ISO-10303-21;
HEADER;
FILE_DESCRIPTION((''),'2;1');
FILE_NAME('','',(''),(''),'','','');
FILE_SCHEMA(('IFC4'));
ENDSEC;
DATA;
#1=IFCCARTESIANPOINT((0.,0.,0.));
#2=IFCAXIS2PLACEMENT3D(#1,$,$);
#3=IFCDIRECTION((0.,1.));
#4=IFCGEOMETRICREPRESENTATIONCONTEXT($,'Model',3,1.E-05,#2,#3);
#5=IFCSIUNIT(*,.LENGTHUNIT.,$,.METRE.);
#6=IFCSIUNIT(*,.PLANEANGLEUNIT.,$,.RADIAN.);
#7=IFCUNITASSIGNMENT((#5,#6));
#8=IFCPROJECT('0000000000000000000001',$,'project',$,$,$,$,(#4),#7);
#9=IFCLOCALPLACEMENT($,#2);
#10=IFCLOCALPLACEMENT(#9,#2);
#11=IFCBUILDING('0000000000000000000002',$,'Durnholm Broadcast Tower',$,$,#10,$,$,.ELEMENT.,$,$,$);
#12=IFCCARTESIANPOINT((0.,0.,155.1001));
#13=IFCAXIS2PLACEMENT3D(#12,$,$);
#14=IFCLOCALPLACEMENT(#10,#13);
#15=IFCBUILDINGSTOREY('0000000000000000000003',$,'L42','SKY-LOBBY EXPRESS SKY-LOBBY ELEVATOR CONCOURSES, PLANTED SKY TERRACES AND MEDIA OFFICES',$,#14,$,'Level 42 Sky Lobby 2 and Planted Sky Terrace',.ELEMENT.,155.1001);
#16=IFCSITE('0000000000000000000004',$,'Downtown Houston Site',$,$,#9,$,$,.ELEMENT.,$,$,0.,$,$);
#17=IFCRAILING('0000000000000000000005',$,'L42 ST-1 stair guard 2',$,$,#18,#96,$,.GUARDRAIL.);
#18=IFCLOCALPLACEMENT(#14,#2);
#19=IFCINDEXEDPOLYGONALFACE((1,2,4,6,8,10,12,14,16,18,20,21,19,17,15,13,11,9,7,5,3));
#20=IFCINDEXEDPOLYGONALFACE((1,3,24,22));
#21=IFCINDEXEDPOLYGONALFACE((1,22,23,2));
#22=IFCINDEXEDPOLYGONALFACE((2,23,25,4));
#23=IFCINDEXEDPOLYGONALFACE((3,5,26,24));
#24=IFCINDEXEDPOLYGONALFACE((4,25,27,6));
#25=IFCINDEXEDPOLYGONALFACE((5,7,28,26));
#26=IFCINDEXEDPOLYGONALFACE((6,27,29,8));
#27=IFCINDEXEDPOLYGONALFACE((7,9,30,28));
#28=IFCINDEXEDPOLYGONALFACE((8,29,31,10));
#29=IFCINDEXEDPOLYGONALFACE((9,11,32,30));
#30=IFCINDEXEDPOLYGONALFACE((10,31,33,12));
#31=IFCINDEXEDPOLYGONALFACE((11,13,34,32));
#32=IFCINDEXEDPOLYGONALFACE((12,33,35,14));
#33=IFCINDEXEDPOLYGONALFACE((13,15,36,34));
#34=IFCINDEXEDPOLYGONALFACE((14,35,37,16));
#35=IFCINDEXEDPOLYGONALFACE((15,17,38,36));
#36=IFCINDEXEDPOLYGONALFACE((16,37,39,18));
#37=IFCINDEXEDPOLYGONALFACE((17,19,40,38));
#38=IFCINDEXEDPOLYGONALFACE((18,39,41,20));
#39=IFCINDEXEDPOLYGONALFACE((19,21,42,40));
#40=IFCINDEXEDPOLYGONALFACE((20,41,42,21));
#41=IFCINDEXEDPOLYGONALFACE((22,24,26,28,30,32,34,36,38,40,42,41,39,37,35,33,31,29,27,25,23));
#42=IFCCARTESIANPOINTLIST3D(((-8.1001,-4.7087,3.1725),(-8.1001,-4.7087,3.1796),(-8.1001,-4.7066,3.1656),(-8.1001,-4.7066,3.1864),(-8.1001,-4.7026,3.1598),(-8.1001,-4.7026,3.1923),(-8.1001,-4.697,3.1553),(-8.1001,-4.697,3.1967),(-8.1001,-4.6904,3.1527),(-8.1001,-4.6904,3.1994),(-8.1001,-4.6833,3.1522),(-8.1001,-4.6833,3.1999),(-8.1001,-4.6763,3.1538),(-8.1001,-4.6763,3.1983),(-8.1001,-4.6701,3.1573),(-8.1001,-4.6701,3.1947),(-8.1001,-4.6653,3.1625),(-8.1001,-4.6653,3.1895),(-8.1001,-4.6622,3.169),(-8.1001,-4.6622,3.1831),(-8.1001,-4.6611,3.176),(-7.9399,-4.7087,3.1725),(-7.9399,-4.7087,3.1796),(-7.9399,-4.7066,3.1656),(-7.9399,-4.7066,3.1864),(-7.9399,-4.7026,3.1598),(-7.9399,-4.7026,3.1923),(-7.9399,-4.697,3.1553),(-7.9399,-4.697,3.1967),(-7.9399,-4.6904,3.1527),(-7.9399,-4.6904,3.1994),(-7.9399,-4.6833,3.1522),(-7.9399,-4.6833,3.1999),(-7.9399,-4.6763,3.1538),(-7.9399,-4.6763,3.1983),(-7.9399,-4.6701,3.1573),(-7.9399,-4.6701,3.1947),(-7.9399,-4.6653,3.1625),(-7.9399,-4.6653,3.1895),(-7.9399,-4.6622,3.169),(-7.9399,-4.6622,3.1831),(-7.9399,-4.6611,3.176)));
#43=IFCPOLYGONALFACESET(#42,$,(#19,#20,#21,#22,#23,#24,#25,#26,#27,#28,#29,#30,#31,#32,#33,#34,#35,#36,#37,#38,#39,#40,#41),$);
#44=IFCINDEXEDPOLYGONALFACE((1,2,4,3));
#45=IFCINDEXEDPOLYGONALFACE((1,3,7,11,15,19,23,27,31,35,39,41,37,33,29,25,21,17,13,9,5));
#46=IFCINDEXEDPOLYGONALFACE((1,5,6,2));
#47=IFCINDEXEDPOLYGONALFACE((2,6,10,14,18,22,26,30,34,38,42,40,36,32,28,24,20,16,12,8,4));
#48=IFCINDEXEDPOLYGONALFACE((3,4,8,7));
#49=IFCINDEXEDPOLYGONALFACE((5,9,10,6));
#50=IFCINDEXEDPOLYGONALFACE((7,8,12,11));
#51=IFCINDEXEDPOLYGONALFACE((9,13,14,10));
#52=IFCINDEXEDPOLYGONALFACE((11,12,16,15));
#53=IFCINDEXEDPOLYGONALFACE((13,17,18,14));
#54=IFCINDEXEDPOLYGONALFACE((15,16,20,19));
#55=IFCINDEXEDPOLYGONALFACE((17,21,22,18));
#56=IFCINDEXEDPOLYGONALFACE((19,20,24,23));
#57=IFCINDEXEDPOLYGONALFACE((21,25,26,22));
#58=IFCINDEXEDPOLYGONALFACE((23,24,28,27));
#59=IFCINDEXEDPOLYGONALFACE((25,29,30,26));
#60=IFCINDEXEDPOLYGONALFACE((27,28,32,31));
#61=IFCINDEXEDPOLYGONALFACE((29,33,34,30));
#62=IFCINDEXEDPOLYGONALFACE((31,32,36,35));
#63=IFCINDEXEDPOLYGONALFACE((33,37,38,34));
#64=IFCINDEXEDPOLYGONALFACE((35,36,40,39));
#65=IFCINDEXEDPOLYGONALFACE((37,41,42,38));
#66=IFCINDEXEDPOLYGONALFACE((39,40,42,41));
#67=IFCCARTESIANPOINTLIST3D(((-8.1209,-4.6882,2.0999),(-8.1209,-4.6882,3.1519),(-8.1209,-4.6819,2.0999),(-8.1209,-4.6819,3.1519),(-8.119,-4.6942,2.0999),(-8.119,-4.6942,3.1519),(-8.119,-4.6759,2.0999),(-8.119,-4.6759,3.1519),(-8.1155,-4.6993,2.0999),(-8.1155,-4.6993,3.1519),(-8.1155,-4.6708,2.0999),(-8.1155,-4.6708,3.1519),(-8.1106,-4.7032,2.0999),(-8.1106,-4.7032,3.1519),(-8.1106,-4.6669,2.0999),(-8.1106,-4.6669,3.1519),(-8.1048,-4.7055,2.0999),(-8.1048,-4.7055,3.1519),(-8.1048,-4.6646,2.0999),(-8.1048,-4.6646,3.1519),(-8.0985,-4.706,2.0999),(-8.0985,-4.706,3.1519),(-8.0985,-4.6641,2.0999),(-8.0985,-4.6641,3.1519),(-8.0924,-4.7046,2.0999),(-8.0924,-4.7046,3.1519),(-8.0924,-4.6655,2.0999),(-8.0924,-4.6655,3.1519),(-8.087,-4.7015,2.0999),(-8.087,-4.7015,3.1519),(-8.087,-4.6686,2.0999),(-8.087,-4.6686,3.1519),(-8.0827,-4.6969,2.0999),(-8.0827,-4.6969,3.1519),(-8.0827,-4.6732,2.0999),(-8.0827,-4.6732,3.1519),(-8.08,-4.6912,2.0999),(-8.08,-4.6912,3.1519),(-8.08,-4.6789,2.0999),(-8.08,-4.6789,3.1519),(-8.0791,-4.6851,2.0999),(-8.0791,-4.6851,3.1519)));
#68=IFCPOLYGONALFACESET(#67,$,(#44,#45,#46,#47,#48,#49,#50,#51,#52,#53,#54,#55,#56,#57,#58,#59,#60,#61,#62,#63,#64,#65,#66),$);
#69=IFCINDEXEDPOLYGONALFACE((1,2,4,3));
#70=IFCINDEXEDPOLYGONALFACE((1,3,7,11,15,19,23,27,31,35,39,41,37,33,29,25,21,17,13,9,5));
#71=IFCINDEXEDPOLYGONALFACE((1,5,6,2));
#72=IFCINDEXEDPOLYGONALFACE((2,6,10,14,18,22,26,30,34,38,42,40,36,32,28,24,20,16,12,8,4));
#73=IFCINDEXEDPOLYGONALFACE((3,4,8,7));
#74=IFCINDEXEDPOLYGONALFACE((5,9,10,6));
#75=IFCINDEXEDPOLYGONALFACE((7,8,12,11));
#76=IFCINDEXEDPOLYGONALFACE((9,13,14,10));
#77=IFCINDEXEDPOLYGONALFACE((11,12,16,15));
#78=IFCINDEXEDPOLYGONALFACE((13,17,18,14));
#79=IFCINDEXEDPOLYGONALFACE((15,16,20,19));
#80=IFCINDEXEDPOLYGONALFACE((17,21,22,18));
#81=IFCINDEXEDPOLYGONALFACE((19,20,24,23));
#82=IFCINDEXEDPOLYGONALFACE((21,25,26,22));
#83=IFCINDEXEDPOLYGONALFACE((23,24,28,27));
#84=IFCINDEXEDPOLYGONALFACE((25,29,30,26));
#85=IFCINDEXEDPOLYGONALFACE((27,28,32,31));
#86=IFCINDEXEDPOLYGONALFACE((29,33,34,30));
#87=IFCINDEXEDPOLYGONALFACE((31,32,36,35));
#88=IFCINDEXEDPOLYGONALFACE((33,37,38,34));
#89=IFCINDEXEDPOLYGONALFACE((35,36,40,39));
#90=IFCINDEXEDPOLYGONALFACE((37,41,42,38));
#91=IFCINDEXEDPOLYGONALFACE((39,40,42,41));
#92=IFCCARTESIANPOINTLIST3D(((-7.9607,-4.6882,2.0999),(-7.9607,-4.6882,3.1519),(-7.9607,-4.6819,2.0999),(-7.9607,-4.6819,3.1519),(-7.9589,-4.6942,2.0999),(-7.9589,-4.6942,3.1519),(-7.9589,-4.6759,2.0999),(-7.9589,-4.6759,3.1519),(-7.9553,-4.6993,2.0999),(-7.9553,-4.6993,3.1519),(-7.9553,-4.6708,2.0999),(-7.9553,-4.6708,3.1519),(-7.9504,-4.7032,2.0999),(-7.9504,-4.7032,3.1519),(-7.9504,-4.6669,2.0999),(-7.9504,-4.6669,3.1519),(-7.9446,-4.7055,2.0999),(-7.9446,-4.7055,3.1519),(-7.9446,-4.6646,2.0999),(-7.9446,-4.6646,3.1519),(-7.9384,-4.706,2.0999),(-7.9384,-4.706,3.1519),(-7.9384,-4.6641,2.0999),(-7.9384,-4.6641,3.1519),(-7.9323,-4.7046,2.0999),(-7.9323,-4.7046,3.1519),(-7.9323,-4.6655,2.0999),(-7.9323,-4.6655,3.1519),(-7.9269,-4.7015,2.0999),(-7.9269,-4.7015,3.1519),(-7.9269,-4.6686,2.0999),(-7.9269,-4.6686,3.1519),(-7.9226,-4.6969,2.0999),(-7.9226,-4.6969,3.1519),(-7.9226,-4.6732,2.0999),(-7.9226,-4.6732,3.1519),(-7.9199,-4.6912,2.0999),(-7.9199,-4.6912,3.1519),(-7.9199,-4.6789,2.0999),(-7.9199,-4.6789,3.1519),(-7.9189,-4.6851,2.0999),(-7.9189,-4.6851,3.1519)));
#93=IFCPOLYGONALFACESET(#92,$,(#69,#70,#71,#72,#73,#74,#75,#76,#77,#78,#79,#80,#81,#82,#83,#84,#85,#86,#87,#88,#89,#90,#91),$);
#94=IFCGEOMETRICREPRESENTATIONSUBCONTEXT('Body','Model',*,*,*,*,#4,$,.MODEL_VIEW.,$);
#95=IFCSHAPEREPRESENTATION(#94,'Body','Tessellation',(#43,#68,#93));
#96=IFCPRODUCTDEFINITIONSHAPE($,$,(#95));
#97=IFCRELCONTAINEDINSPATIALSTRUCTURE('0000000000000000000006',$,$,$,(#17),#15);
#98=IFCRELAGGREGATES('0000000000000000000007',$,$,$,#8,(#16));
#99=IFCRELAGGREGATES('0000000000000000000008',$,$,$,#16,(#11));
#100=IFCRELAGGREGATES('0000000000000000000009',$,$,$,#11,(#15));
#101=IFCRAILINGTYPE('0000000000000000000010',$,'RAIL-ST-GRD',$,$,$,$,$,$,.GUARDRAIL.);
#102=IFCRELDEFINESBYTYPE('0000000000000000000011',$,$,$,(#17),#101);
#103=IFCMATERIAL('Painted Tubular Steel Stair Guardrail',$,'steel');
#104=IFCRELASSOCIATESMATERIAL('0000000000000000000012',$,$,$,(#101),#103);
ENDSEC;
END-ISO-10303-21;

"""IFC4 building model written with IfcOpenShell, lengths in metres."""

from ifc_helpers import new_model, si_unit, direction, frame, origin, origin_2d, place, context, subcontext, project, spatial, circle, extrude, material, type_object, element, save


model = new_model("IFC4")

# Units and contexts
model_context = context("Model", 3, precision=1e-05, world=origin(), true_north=direction((0.0, 1.0)))
body_context = subcontext(model_context, "Body", "Model", "MODEL_VIEW")
ifc_project = project(units=[si_unit("LENGTHUNIT", "METRE"), si_unit("PLANEANGLEUNIT", "RADIAN")], contexts=[model_context])

# Site, building, storey
site_placement = place(None, origin())
site = spatial("IfcSite", under=ifc_project, at=site_placement, Name="Downtown Houston Site", CompositionType="ELEMENT", RefElevation=0.0)
building_placement = place(site_placement, origin())
building = spatial("IfcBuilding", under=site, at=building_placement, Name="Durnholm Broadcast Tower", CompositionType="ELEMENT")
storey_placement = place(building_placement, frame((0.0, 0.0, 155.1001)))
storey = spatial("IfcBuildingStorey", under=building, at=storey_placement, Name="L42", Description="SKY-LOBBY EXPRESS SKY-LOBBY ELEVATOR CONCOURSES, PLANTED SKY TERRACES AND MEDIA OFFICES", LongName="Level 42 Sky Lobby 2 and Planted Sky Terrace", CompositionType="ELEMENT", Elevation=155.1001)

# Railing
ifc_material_1 = material(Name="Painted Tubular Steel Stair Guardrail", Category="steel")
railing_type_1 = type_object("IfcRailingType", Name="RAIL-ST-GRD", PredefinedType="GUARDRAIL", material=ifc_material_1)
railing_1_placement = place(storey_placement, frame((-8.1001, -4.6851, 2.0999)))
element("IfcRailing", 1, at=railing_1_placement, inside=storey, type_object=railing_type_1, Name="L42 ST-1 stair guard 2", PredefinedType="GUARDRAIL", context=body_context, shape_type="SweptSolid", body=[
    extrude(circle(Radius=0.0239, at=origin_2d()), frame((0.0, 0.0, 1.0762), z_axis=(1.0, 0.0, 0.0), x_axis=(0.0, 1.0, 0.0)), (0.0, 0.0, 1.0), 0.1602),
    extrude(circle(Radius=0.021, at=origin_2d()), origin(), (0.0, 0.0, 1.0), 1.052),
    extrude(circle(Radius=0.021, at=origin_2d()), frame((0.1602, 0.0, 0.0)), (0.0, 0.0, 1.0), 1.052),
])

save(model, "model.ifc")
